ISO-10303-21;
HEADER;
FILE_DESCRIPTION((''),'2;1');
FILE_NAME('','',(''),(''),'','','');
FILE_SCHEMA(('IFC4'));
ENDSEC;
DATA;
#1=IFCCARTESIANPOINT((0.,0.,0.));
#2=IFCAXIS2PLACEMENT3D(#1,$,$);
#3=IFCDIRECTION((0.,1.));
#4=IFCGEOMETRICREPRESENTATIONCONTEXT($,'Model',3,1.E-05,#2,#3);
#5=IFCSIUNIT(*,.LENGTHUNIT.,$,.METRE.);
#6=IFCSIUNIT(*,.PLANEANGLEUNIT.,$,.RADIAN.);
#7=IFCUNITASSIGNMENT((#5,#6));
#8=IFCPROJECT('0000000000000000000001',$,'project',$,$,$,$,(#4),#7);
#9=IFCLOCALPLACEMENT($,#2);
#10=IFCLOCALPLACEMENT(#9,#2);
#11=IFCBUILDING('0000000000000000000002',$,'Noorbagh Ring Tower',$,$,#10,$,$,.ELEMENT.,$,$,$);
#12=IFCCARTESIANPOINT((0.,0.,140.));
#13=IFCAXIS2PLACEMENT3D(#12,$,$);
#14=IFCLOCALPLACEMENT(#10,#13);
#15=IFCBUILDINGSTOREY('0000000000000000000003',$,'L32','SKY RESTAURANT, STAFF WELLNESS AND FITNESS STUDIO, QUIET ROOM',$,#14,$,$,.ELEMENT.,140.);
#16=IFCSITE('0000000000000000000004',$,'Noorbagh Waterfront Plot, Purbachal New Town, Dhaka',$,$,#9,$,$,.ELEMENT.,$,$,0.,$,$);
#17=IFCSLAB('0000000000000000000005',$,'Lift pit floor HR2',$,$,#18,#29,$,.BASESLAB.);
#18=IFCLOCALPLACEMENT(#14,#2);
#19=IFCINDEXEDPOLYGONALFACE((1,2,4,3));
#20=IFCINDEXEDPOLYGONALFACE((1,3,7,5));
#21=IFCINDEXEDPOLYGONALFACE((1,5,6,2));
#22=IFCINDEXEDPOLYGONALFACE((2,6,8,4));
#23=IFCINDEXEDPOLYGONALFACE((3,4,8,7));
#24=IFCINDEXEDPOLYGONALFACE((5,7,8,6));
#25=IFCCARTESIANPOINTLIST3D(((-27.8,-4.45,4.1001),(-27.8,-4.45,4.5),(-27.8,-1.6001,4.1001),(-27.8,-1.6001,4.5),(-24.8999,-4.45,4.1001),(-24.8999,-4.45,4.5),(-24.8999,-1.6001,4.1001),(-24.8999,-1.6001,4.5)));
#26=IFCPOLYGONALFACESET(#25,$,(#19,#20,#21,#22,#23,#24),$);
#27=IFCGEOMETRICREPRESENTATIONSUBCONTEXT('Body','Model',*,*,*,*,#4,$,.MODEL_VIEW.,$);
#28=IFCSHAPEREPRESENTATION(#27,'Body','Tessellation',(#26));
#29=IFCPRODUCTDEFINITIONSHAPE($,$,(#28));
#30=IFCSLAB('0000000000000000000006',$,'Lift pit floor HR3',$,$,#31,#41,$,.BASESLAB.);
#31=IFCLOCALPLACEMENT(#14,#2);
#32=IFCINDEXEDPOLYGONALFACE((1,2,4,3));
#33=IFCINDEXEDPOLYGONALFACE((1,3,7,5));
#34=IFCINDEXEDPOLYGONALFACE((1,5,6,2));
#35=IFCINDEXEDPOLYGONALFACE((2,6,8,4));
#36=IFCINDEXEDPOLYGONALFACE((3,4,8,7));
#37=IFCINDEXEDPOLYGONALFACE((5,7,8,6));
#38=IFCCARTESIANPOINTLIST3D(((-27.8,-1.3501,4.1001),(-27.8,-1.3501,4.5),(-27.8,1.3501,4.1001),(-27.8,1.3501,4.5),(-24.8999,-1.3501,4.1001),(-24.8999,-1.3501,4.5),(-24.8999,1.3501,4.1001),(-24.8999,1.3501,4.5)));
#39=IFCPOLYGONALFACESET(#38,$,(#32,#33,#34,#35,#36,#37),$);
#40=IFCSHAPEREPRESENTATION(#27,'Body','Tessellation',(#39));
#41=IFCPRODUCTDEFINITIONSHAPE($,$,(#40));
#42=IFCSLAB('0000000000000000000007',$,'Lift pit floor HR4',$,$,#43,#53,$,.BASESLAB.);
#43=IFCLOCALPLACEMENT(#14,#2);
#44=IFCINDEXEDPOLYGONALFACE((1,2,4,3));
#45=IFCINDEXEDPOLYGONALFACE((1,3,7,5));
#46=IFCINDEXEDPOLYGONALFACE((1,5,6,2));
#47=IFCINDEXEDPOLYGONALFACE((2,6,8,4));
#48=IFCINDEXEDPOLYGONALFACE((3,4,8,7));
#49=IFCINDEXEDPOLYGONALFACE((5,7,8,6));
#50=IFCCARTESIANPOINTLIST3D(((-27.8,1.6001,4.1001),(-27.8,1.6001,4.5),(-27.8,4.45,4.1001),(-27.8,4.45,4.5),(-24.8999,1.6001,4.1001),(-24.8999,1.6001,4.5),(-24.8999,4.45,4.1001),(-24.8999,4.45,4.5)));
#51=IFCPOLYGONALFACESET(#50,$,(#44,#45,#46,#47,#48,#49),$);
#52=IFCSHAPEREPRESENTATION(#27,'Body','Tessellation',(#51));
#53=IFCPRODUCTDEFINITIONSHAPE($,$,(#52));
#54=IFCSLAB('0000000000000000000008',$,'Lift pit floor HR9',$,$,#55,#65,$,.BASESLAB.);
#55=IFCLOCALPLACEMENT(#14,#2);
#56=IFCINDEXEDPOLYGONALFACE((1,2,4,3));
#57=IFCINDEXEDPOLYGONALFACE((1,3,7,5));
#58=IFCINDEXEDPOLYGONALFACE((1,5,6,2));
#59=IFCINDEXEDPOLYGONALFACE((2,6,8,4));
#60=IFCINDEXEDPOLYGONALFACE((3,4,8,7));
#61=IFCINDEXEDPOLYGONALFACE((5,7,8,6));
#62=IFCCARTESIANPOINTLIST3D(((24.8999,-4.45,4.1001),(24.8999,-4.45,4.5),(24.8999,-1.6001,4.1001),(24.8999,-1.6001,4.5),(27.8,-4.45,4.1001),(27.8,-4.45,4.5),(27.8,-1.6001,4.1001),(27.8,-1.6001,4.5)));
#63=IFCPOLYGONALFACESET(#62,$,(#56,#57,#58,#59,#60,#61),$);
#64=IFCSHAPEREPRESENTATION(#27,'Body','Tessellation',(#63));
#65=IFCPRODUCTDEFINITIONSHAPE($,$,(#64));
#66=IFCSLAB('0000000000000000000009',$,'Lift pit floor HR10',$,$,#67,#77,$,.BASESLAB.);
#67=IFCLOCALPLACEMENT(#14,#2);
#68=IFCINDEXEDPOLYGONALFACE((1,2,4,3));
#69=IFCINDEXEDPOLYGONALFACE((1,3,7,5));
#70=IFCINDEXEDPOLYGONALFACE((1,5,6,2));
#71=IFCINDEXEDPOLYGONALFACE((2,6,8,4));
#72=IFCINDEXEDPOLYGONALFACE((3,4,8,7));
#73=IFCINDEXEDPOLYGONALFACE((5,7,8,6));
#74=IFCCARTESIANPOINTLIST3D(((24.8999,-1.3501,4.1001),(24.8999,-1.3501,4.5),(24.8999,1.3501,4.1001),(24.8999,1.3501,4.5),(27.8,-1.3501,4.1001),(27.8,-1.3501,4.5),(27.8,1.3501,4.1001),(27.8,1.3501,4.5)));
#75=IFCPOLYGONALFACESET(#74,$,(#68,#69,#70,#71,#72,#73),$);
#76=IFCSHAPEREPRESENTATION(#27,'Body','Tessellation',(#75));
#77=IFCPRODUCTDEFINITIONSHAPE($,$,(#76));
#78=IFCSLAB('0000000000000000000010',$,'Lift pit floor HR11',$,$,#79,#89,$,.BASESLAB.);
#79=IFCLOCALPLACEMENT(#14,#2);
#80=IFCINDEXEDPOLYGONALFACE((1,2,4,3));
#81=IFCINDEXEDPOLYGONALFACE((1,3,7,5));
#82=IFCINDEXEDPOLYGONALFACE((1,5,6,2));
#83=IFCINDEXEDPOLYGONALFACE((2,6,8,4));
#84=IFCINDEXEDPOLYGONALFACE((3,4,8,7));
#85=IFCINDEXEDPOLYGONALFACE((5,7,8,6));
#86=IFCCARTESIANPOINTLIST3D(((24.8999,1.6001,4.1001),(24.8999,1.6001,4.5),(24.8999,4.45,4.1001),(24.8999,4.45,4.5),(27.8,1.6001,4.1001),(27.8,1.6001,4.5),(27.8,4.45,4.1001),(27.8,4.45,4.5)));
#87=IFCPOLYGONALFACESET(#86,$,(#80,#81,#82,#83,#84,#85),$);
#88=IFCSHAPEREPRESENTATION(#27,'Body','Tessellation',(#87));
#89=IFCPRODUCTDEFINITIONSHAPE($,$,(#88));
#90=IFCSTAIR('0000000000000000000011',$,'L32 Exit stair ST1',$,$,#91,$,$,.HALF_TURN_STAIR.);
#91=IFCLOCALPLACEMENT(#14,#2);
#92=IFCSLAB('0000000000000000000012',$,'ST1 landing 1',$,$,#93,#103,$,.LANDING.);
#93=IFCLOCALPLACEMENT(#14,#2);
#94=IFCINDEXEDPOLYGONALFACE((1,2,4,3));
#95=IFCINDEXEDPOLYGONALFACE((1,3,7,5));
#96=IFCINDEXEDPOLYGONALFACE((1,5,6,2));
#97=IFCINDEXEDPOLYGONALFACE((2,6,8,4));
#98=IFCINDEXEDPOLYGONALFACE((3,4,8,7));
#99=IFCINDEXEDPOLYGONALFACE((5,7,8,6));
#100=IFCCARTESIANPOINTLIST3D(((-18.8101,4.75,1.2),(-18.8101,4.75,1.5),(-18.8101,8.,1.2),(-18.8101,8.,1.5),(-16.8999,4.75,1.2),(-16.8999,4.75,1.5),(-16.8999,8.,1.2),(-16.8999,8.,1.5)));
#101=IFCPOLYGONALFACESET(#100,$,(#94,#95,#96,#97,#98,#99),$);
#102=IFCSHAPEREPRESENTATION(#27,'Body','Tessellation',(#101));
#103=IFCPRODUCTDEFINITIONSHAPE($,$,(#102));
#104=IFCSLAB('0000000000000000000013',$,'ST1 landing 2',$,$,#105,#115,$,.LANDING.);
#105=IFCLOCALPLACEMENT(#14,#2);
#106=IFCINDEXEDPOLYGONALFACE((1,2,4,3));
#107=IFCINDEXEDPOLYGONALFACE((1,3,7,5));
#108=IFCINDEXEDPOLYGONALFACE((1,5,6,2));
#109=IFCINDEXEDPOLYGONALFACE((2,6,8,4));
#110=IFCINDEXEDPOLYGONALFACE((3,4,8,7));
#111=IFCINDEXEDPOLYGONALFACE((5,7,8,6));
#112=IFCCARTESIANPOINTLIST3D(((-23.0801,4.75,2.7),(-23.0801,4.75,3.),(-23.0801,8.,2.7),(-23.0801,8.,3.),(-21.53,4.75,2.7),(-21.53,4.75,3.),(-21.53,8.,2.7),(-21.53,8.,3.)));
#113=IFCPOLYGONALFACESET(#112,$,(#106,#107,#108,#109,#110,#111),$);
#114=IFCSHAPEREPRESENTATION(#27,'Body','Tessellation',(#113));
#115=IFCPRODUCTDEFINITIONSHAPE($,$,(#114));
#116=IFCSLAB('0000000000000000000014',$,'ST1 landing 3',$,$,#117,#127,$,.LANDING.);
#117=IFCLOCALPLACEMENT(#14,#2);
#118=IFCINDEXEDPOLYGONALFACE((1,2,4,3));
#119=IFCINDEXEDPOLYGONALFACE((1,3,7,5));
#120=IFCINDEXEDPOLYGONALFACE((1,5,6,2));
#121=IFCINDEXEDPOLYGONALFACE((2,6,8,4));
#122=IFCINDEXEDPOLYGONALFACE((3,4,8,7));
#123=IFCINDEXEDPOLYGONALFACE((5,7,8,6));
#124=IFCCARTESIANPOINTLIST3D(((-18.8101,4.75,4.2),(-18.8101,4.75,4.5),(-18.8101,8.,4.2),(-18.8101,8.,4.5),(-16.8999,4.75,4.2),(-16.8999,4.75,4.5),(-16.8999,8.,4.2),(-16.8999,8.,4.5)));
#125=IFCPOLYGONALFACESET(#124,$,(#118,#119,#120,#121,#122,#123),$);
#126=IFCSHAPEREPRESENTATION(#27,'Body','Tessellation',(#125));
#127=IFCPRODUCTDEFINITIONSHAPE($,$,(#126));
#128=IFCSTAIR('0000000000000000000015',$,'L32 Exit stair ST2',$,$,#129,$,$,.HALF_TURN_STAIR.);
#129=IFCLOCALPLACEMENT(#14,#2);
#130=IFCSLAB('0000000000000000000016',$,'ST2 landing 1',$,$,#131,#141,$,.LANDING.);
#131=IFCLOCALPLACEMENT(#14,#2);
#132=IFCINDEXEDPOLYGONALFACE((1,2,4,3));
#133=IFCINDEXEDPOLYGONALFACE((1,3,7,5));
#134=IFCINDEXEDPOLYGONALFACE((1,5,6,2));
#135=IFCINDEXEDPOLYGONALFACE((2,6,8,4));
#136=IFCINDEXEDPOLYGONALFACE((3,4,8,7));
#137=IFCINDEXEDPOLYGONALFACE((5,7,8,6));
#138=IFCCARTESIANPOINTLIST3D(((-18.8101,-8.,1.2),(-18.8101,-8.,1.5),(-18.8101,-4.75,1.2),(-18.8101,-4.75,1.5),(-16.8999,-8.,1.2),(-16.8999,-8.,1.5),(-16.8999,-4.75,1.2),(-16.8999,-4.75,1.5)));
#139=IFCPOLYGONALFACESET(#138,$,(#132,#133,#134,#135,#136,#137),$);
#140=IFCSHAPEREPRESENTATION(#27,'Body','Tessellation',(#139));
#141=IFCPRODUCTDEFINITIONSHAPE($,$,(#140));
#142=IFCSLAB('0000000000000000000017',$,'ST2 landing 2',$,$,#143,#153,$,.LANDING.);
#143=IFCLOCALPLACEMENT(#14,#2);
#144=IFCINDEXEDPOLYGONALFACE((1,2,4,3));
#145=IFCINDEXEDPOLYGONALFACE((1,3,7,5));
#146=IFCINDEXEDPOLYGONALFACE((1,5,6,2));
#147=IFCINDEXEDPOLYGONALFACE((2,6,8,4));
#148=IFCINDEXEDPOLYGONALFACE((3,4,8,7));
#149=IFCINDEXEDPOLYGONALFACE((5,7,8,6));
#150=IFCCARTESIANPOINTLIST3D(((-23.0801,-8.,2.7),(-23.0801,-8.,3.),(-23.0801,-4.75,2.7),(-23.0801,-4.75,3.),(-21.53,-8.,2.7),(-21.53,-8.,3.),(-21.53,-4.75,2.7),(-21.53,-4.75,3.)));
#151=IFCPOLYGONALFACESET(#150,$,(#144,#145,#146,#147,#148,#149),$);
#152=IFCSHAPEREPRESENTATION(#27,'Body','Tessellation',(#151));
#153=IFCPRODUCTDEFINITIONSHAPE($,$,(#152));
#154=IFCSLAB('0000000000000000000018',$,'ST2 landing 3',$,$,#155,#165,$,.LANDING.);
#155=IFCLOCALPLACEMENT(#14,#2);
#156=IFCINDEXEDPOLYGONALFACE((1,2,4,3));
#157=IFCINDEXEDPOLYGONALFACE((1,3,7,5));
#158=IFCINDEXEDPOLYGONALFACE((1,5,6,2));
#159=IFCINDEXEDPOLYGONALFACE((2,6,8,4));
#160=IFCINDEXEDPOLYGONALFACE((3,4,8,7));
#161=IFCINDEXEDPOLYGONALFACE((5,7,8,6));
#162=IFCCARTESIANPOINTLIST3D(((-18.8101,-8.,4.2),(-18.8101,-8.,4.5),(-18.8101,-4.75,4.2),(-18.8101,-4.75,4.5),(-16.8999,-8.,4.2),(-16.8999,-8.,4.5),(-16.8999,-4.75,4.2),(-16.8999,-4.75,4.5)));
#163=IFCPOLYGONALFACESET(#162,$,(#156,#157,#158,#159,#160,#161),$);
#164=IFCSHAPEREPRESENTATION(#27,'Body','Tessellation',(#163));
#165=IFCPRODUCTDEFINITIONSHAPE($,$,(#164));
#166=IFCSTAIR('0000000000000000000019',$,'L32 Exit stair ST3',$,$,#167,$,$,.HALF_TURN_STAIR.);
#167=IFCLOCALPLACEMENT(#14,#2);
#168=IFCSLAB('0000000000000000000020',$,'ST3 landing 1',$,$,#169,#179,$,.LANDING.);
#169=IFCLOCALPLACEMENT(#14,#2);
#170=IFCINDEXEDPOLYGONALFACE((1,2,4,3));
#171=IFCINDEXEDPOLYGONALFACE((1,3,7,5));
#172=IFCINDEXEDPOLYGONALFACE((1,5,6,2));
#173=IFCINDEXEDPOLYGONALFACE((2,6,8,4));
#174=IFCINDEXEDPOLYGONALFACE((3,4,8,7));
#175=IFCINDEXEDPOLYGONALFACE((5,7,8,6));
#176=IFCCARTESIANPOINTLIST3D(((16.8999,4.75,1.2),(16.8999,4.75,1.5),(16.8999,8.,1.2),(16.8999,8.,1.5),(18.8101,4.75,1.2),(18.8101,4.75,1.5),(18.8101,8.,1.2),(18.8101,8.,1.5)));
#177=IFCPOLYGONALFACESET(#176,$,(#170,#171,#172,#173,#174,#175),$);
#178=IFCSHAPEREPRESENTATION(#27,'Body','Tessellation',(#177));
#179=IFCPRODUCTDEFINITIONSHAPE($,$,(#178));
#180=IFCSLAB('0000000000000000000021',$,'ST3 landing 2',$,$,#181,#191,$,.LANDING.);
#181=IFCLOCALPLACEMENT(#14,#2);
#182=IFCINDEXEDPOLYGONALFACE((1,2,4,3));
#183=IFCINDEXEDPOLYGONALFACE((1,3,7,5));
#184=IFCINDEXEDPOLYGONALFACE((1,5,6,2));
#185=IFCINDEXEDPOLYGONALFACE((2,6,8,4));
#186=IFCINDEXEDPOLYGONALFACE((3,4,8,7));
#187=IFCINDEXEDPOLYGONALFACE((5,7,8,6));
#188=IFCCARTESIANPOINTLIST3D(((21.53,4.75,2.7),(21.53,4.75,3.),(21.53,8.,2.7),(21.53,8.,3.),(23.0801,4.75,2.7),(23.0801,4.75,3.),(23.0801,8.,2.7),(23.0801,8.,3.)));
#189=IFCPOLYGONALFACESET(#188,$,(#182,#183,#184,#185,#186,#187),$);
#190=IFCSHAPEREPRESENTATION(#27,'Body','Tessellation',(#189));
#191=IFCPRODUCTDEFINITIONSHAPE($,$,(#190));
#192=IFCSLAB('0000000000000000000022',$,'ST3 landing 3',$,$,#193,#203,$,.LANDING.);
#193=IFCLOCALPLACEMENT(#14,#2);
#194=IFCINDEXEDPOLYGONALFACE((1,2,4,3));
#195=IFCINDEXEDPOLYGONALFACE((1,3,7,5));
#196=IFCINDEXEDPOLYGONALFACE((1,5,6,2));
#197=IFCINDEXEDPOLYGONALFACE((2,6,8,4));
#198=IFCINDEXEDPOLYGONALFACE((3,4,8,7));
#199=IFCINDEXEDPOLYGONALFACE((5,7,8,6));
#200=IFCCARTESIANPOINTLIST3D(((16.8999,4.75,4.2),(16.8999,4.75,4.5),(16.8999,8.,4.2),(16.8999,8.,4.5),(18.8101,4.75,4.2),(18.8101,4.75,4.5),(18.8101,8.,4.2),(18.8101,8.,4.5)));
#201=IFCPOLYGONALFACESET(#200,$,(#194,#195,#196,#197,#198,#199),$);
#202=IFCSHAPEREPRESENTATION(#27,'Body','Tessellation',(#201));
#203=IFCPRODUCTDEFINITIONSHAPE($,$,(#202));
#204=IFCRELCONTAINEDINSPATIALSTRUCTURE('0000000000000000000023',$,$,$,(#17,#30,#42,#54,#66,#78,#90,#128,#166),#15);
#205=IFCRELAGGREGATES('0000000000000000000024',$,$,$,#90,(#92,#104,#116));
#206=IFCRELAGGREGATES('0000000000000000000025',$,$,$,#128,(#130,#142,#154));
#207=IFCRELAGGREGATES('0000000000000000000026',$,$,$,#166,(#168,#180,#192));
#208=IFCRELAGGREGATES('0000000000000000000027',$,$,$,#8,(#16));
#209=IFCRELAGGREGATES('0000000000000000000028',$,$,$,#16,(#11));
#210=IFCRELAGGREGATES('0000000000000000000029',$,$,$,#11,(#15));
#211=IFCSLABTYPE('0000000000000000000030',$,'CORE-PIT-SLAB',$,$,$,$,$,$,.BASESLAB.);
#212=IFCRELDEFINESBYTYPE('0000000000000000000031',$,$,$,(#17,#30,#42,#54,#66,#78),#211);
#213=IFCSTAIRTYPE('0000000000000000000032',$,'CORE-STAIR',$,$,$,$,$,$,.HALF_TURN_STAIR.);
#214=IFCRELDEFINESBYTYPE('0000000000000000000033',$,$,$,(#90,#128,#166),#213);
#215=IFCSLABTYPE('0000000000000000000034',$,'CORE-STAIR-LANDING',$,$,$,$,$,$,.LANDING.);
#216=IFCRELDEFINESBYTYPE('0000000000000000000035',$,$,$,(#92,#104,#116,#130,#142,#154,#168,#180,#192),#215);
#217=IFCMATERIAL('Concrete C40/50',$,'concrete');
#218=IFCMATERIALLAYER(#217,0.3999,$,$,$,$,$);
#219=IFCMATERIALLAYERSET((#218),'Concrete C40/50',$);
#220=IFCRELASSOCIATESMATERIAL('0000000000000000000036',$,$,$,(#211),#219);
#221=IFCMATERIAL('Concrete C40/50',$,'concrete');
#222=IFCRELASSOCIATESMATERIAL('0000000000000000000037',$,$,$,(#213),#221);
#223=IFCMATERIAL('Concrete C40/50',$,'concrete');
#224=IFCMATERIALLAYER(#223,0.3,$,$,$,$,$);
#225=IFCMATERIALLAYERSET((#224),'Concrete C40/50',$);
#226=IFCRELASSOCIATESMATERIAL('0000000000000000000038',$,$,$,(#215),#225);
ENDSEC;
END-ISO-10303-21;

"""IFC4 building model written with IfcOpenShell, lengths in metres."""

from ifc_helpers import new_model, si_unit, direction, frame, origin, place, context, subcontext, project, spatial, polyline, outline, extrude, material, layer, layer_set, type_object, element, aggregate, save


model = new_model("IFC4")

# Units and contexts
model_context = context("Model", 3, precision=1e-05, world=origin(), true_north=direction((0.0, 1.0)))
body_context = subcontext(model_context, "Body", "Model", "MODEL_VIEW")
ifc_project = project(units=[si_unit("LENGTHUNIT", "METRE"), si_unit("PLANEANGLEUNIT", "RADIAN")], contexts=[model_context])

# Site, building, storey
site_placement = place(None, origin())
site = spatial("IfcSite", under=ifc_project, at=site_placement, Name="Noorbagh Waterfront Plot, Purbachal New Town, Dhaka", CompositionType="ELEMENT", RefElevation=0.0)
building_placement = place(site_placement, origin())
building = spatial("IfcBuilding", under=site, at=building_placement, Name="Noorbagh Ring Tower", CompositionType="ELEMENT")
storey_placement = place(building_placement, frame((0.0, 0.0, 140.0)))
storey = spatial("IfcBuildingStorey", under=building, at=storey_placement, Name="L32", Description="SKY RESTAURANT, STAFF WELLNESS AND FITNESS STUDIO, QUIET ROOM", CompositionType="ELEMENT", Elevation=140.0)

# Slabs
ifc_material_1 = material(Name="Concrete C40/50", Category="concrete")
ifc_layer_1 = layer(ifc_material_1, 0.3999)
ifc_layer_set_1 = layer_set([ifc_layer_1], Name="Concrete C40/50")
slab_type_1 = type_object("IfcSlabType", Name="CORE-PIT-SLAB", PredefinedType="BASESLAB", material=ifc_layer_set_1)
slab_1_placement = place(storey_placement, frame((0.0, 0.0, 4.1001)))
element("IfcSlab", 1, at=slab_1_placement, inside=storey, type_object=slab_type_1, Name="Lift pit floor HR2", PredefinedType="BASESLAB", context=body_context, shape_type="SweptSolid", body=[
    extrude(outline(polyline([(-24.8999, -1.6001), (-27.8, -1.6001), (-27.8, -4.45), (-24.8999, -4.45), (-24.8999, -1.6001)])), origin(), (0.0, 0.0, 1.0), 0.3999),
])
slab_2_placement = place(storey_placement, frame((0.0, 0.0, 4.1001)))
element("IfcSlab", 2, at=slab_2_placement, inside=storey, type_object=slab_type_1, Name="Lift pit floor HR3", PredefinedType="BASESLAB", context=body_context, shape_type="SweptSolid", body=[
    extrude(outline(polyline([(-24.8999, 1.3501), (-27.8, 1.3501), (-27.8, -1.3501), (-24.8999, -1.3501), (-24.8999, 1.3501)])), origin(), (0.0, 0.0, 1.0), 0.3999),
])
slab_3_placement = place(storey_placement, frame((0.0, 0.0, 4.1001)))
element("IfcSlab", 3, at=slab_3_placement, inside=storey, type_object=slab_type_1, Name="Lift pit floor HR4", PredefinedType="BASESLAB", context=body_context, shape_type="SweptSolid", body=[
    extrude(outline(polyline([(-24.8999, 4.45), (-27.8, 4.45), (-27.8, 1.6001), (-24.8999, 1.6001), (-24.8999, 4.45)])), origin(), (0.0, 0.0, 1.0), 0.3999),
])
slab_4_placement = place(storey_placement, frame((0.0, 0.0, 4.1001)))
element("IfcSlab", 4, at=slab_4_placement, inside=storey, type_object=slab_type_1, Name="Lift pit floor HR9", PredefinedType="BASESLAB", context=body_context, shape_type="SweptSolid", body=[
    extrude(outline(polyline([(24.8999, -4.45), (27.8, -4.45), (27.8, -1.6001), (24.8999, -1.6001), (24.8999, -4.45)])), origin(), (0.0, 0.0, 1.0), 0.3999),
])
slab_5_placement = place(storey_placement, frame((0.0, 0.0, 4.1001)))
element("IfcSlab", 5, at=slab_5_placement, inside=storey, type_object=slab_type_1, Name="Lift pit floor HR10", PredefinedType="BASESLAB", context=body_context, shape_type="SweptSolid", body=[
    extrude(outline(polyline([(24.8999, -1.3501), (27.8, -1.3501), (27.8, 1.3501), (24.8999, 1.3501), (24.8999, -1.3501)])), origin(), (0.0, 0.0, 1.0), 0.3999),
])
slab_6_placement = place(storey_placement, frame((0.0, 0.0, 4.1001)))
element("IfcSlab", 6, at=slab_6_placement, inside=storey, type_object=slab_type_1, Name="Lift pit floor HR11", PredefinedType="BASESLAB", context=body_context, shape_type="SweptSolid", body=[
    extrude(outline(polyline([(24.8999, 1.6001), (27.8, 1.6001), (27.8, 4.45), (24.8999, 4.45), (24.8999, 1.6001)])), origin(), (0.0, 0.0, 1.0), 0.3999),
])

# Stairs, slabs
ifc_material_2 = material(Name="Concrete C40/50", Category="concrete")
stair_type = type_object("IfcStairType", Name="CORE-STAIR", PredefinedType="HALF_TURN_STAIR", material=ifc_material_2)
stair_1_placement = place(storey_placement, origin())
stair_1 = element("IfcStair", 7, at=stair_1_placement, inside=storey, type_object=stair_type, Name="L32 Exit stair ST1", PredefinedType="HALF_TURN_STAIR")
ifc_material_3 = material(Name="Concrete C40/50", Category="concrete")
ifc_layer_2 = layer(ifc_material_3, 0.3)
ifc_layer_set_2 = layer_set([ifc_layer_2], Name="Concrete C40/50")
slab_type_2 = type_object("IfcSlabType", Name="CORE-STAIR-LANDING", PredefinedType="LANDING", material=ifc_layer_set_2)
slab_7_placement = place(storey_placement, frame((0.0, 0.0, 1.2)))
slab_7 = element("IfcSlab", 8, at=slab_7_placement, type_object=slab_type_2, Name="ST1 landing 1", PredefinedType="LANDING", context=body_context, shape_type="SweptSolid", body=[
    extrude(outline(polyline([(-18.8101, 4.75), (-16.8999, 4.75), (-16.8999, 8.0), (-18.8101, 8.0), (-18.8101, 4.75)])), origin(), (0.0, 0.0, 1.0), 0.3),
])
slab_8_placement = place(storey_placement, frame((0.0, 0.0, 2.7)))
slab_8 = element("IfcSlab", 9, at=slab_8_placement, type_object=slab_type_2, Name="ST1 landing 2", PredefinedType="LANDING", context=body_context, shape_type="SweptSolid", body=[
    extrude(outline(polyline([(-23.0801, 4.75), (-21.53, 4.75), (-21.53, 8.0), (-23.0801, 8.0), (-23.0801, 4.75)])), origin(), (0.0, 0.0, 1.0), 0.3),
])
slab_9_placement = place(storey_placement, frame((0.0, 0.0, 4.2)))
slab_9 = element("IfcSlab", 10, at=slab_9_placement, type_object=slab_type_2, Name="ST1 landing 3", PredefinedType="LANDING", context=body_context, shape_type="SweptSolid", body=[
    extrude(outline(polyline([(-18.8101, 4.75), (-16.8999, 4.75), (-16.8999, 8.0), (-18.8101, 8.0), (-18.8101, 4.75)])), origin(), (0.0, 0.0, 1.0), 0.3),
])
aggregate(stair_1, [slab_7, slab_8, slab_9])
stair_2_placement = place(storey_placement, origin())
stair_2 = element("IfcStair", 11, at=stair_2_placement, inside=storey, type_object=stair_type, Name="L32 Exit stair ST2", PredefinedType="HALF_TURN_STAIR")
slab_10_placement = place(storey_placement, frame((0.0, 0.0, 1.2)))
slab_10 = element("IfcSlab", 12, at=slab_10_placement, type_object=slab_type_2, Name="ST2 landing 1", PredefinedType="LANDING", context=body_context, shape_type="SweptSolid", body=[
    extrude(outline(polyline([(-18.8101, -8.0), (-16.8999, -8.0), (-16.8999, -4.75), (-18.8101, -4.75), (-18.8101, -8.0)])), origin(), (0.0, 0.0, 1.0), 0.3),
])
slab_11_placement = place(storey_placement, frame((0.0, 0.0, 2.7)))
slab_11 = element("IfcSlab", 13, at=slab_11_placement, type_object=slab_type_2, Name="ST2 landing 2", PredefinedType="LANDING", context=body_context, shape_type="SweptSolid", body=[
    extrude(outline(polyline([(-23.0801, -8.0), (-21.53, -8.0), (-21.53, -4.75), (-23.0801, -4.75), (-23.0801, -8.0)])), origin(), (0.0, 0.0, 1.0), 0.3),
])
slab_12_placement = place(storey_placement, frame((0.0, 0.0, 4.2)))
slab_12 = element("IfcSlab", 14, at=slab_12_placement, type_object=slab_type_2, Name="ST2 landing 3", PredefinedType="LANDING", context=body_context, shape_type="SweptSolid", body=[
    extrude(outline(polyline([(-18.8101, -8.0), (-16.8999, -8.0), (-16.8999, -4.75), (-18.8101, -4.75), (-18.8101, -8.0)])), origin(), (0.0, 0.0, 1.0), 0.3),
])
aggregate(stair_2, [slab_10, slab_11, slab_12])
stair_3_placement = place(storey_placement, origin())
stair_3 = element("IfcStair", 15, at=stair_3_placement, inside=storey, type_object=stair_type, Name="L32 Exit stair ST3", PredefinedType="HALF_TURN_STAIR")
slab_13_placement = place(storey_placement, frame((0.0, 0.0, 1.2)))
slab_13 = element("IfcSlab", 16, at=slab_13_placement, type_object=slab_type_2, Name="ST3 landing 1", PredefinedType="LANDING", context=body_context, shape_type="SweptSolid", body=[
    extrude(outline(polyline([(18.8101, 8.0), (16.8999, 8.0), (16.8999, 4.75), (18.8101, 4.75), (18.8101, 8.0)])), origin(), (0.0, 0.0, 1.0), 0.3),
])
slab_14_placement = place(storey_placement, frame((0.0, 0.0, 2.7)))
slab_14 = element("IfcSlab", 17, at=slab_14_placement, type_object=slab_type_2, Name="ST3 landing 2", PredefinedType="LANDING", context=body_context, shape_type="SweptSolid", body=[
    extrude(outline(polyline([(23.0801, 8.0), (21.53, 8.0), (21.53, 4.75), (23.0801, 4.75), (23.0801, 8.0)])), origin(), (0.0, 0.0, 1.0), 0.3),
])
slab_15_placement = place(storey_placement, frame((0.0, 0.0, 4.2)))
slab_15 = element("IfcSlab", 18, at=slab_15_placement, type_object=slab_type_2, Name="ST3 landing 3", PredefinedType="LANDING", context=body_context, shape_type="SweptSolid", body=[
    extrude(outline(polyline([(18.8101, 8.0), (16.8999, 8.0), (16.8999, 4.75), (18.8101, 4.75), (18.8101, 8.0)])), origin(), (0.0, 0.0, 1.0), 0.3),
])
aggregate(stair_3, [slab_13, slab_14, slab_15])

save(model, "model.ifc")
